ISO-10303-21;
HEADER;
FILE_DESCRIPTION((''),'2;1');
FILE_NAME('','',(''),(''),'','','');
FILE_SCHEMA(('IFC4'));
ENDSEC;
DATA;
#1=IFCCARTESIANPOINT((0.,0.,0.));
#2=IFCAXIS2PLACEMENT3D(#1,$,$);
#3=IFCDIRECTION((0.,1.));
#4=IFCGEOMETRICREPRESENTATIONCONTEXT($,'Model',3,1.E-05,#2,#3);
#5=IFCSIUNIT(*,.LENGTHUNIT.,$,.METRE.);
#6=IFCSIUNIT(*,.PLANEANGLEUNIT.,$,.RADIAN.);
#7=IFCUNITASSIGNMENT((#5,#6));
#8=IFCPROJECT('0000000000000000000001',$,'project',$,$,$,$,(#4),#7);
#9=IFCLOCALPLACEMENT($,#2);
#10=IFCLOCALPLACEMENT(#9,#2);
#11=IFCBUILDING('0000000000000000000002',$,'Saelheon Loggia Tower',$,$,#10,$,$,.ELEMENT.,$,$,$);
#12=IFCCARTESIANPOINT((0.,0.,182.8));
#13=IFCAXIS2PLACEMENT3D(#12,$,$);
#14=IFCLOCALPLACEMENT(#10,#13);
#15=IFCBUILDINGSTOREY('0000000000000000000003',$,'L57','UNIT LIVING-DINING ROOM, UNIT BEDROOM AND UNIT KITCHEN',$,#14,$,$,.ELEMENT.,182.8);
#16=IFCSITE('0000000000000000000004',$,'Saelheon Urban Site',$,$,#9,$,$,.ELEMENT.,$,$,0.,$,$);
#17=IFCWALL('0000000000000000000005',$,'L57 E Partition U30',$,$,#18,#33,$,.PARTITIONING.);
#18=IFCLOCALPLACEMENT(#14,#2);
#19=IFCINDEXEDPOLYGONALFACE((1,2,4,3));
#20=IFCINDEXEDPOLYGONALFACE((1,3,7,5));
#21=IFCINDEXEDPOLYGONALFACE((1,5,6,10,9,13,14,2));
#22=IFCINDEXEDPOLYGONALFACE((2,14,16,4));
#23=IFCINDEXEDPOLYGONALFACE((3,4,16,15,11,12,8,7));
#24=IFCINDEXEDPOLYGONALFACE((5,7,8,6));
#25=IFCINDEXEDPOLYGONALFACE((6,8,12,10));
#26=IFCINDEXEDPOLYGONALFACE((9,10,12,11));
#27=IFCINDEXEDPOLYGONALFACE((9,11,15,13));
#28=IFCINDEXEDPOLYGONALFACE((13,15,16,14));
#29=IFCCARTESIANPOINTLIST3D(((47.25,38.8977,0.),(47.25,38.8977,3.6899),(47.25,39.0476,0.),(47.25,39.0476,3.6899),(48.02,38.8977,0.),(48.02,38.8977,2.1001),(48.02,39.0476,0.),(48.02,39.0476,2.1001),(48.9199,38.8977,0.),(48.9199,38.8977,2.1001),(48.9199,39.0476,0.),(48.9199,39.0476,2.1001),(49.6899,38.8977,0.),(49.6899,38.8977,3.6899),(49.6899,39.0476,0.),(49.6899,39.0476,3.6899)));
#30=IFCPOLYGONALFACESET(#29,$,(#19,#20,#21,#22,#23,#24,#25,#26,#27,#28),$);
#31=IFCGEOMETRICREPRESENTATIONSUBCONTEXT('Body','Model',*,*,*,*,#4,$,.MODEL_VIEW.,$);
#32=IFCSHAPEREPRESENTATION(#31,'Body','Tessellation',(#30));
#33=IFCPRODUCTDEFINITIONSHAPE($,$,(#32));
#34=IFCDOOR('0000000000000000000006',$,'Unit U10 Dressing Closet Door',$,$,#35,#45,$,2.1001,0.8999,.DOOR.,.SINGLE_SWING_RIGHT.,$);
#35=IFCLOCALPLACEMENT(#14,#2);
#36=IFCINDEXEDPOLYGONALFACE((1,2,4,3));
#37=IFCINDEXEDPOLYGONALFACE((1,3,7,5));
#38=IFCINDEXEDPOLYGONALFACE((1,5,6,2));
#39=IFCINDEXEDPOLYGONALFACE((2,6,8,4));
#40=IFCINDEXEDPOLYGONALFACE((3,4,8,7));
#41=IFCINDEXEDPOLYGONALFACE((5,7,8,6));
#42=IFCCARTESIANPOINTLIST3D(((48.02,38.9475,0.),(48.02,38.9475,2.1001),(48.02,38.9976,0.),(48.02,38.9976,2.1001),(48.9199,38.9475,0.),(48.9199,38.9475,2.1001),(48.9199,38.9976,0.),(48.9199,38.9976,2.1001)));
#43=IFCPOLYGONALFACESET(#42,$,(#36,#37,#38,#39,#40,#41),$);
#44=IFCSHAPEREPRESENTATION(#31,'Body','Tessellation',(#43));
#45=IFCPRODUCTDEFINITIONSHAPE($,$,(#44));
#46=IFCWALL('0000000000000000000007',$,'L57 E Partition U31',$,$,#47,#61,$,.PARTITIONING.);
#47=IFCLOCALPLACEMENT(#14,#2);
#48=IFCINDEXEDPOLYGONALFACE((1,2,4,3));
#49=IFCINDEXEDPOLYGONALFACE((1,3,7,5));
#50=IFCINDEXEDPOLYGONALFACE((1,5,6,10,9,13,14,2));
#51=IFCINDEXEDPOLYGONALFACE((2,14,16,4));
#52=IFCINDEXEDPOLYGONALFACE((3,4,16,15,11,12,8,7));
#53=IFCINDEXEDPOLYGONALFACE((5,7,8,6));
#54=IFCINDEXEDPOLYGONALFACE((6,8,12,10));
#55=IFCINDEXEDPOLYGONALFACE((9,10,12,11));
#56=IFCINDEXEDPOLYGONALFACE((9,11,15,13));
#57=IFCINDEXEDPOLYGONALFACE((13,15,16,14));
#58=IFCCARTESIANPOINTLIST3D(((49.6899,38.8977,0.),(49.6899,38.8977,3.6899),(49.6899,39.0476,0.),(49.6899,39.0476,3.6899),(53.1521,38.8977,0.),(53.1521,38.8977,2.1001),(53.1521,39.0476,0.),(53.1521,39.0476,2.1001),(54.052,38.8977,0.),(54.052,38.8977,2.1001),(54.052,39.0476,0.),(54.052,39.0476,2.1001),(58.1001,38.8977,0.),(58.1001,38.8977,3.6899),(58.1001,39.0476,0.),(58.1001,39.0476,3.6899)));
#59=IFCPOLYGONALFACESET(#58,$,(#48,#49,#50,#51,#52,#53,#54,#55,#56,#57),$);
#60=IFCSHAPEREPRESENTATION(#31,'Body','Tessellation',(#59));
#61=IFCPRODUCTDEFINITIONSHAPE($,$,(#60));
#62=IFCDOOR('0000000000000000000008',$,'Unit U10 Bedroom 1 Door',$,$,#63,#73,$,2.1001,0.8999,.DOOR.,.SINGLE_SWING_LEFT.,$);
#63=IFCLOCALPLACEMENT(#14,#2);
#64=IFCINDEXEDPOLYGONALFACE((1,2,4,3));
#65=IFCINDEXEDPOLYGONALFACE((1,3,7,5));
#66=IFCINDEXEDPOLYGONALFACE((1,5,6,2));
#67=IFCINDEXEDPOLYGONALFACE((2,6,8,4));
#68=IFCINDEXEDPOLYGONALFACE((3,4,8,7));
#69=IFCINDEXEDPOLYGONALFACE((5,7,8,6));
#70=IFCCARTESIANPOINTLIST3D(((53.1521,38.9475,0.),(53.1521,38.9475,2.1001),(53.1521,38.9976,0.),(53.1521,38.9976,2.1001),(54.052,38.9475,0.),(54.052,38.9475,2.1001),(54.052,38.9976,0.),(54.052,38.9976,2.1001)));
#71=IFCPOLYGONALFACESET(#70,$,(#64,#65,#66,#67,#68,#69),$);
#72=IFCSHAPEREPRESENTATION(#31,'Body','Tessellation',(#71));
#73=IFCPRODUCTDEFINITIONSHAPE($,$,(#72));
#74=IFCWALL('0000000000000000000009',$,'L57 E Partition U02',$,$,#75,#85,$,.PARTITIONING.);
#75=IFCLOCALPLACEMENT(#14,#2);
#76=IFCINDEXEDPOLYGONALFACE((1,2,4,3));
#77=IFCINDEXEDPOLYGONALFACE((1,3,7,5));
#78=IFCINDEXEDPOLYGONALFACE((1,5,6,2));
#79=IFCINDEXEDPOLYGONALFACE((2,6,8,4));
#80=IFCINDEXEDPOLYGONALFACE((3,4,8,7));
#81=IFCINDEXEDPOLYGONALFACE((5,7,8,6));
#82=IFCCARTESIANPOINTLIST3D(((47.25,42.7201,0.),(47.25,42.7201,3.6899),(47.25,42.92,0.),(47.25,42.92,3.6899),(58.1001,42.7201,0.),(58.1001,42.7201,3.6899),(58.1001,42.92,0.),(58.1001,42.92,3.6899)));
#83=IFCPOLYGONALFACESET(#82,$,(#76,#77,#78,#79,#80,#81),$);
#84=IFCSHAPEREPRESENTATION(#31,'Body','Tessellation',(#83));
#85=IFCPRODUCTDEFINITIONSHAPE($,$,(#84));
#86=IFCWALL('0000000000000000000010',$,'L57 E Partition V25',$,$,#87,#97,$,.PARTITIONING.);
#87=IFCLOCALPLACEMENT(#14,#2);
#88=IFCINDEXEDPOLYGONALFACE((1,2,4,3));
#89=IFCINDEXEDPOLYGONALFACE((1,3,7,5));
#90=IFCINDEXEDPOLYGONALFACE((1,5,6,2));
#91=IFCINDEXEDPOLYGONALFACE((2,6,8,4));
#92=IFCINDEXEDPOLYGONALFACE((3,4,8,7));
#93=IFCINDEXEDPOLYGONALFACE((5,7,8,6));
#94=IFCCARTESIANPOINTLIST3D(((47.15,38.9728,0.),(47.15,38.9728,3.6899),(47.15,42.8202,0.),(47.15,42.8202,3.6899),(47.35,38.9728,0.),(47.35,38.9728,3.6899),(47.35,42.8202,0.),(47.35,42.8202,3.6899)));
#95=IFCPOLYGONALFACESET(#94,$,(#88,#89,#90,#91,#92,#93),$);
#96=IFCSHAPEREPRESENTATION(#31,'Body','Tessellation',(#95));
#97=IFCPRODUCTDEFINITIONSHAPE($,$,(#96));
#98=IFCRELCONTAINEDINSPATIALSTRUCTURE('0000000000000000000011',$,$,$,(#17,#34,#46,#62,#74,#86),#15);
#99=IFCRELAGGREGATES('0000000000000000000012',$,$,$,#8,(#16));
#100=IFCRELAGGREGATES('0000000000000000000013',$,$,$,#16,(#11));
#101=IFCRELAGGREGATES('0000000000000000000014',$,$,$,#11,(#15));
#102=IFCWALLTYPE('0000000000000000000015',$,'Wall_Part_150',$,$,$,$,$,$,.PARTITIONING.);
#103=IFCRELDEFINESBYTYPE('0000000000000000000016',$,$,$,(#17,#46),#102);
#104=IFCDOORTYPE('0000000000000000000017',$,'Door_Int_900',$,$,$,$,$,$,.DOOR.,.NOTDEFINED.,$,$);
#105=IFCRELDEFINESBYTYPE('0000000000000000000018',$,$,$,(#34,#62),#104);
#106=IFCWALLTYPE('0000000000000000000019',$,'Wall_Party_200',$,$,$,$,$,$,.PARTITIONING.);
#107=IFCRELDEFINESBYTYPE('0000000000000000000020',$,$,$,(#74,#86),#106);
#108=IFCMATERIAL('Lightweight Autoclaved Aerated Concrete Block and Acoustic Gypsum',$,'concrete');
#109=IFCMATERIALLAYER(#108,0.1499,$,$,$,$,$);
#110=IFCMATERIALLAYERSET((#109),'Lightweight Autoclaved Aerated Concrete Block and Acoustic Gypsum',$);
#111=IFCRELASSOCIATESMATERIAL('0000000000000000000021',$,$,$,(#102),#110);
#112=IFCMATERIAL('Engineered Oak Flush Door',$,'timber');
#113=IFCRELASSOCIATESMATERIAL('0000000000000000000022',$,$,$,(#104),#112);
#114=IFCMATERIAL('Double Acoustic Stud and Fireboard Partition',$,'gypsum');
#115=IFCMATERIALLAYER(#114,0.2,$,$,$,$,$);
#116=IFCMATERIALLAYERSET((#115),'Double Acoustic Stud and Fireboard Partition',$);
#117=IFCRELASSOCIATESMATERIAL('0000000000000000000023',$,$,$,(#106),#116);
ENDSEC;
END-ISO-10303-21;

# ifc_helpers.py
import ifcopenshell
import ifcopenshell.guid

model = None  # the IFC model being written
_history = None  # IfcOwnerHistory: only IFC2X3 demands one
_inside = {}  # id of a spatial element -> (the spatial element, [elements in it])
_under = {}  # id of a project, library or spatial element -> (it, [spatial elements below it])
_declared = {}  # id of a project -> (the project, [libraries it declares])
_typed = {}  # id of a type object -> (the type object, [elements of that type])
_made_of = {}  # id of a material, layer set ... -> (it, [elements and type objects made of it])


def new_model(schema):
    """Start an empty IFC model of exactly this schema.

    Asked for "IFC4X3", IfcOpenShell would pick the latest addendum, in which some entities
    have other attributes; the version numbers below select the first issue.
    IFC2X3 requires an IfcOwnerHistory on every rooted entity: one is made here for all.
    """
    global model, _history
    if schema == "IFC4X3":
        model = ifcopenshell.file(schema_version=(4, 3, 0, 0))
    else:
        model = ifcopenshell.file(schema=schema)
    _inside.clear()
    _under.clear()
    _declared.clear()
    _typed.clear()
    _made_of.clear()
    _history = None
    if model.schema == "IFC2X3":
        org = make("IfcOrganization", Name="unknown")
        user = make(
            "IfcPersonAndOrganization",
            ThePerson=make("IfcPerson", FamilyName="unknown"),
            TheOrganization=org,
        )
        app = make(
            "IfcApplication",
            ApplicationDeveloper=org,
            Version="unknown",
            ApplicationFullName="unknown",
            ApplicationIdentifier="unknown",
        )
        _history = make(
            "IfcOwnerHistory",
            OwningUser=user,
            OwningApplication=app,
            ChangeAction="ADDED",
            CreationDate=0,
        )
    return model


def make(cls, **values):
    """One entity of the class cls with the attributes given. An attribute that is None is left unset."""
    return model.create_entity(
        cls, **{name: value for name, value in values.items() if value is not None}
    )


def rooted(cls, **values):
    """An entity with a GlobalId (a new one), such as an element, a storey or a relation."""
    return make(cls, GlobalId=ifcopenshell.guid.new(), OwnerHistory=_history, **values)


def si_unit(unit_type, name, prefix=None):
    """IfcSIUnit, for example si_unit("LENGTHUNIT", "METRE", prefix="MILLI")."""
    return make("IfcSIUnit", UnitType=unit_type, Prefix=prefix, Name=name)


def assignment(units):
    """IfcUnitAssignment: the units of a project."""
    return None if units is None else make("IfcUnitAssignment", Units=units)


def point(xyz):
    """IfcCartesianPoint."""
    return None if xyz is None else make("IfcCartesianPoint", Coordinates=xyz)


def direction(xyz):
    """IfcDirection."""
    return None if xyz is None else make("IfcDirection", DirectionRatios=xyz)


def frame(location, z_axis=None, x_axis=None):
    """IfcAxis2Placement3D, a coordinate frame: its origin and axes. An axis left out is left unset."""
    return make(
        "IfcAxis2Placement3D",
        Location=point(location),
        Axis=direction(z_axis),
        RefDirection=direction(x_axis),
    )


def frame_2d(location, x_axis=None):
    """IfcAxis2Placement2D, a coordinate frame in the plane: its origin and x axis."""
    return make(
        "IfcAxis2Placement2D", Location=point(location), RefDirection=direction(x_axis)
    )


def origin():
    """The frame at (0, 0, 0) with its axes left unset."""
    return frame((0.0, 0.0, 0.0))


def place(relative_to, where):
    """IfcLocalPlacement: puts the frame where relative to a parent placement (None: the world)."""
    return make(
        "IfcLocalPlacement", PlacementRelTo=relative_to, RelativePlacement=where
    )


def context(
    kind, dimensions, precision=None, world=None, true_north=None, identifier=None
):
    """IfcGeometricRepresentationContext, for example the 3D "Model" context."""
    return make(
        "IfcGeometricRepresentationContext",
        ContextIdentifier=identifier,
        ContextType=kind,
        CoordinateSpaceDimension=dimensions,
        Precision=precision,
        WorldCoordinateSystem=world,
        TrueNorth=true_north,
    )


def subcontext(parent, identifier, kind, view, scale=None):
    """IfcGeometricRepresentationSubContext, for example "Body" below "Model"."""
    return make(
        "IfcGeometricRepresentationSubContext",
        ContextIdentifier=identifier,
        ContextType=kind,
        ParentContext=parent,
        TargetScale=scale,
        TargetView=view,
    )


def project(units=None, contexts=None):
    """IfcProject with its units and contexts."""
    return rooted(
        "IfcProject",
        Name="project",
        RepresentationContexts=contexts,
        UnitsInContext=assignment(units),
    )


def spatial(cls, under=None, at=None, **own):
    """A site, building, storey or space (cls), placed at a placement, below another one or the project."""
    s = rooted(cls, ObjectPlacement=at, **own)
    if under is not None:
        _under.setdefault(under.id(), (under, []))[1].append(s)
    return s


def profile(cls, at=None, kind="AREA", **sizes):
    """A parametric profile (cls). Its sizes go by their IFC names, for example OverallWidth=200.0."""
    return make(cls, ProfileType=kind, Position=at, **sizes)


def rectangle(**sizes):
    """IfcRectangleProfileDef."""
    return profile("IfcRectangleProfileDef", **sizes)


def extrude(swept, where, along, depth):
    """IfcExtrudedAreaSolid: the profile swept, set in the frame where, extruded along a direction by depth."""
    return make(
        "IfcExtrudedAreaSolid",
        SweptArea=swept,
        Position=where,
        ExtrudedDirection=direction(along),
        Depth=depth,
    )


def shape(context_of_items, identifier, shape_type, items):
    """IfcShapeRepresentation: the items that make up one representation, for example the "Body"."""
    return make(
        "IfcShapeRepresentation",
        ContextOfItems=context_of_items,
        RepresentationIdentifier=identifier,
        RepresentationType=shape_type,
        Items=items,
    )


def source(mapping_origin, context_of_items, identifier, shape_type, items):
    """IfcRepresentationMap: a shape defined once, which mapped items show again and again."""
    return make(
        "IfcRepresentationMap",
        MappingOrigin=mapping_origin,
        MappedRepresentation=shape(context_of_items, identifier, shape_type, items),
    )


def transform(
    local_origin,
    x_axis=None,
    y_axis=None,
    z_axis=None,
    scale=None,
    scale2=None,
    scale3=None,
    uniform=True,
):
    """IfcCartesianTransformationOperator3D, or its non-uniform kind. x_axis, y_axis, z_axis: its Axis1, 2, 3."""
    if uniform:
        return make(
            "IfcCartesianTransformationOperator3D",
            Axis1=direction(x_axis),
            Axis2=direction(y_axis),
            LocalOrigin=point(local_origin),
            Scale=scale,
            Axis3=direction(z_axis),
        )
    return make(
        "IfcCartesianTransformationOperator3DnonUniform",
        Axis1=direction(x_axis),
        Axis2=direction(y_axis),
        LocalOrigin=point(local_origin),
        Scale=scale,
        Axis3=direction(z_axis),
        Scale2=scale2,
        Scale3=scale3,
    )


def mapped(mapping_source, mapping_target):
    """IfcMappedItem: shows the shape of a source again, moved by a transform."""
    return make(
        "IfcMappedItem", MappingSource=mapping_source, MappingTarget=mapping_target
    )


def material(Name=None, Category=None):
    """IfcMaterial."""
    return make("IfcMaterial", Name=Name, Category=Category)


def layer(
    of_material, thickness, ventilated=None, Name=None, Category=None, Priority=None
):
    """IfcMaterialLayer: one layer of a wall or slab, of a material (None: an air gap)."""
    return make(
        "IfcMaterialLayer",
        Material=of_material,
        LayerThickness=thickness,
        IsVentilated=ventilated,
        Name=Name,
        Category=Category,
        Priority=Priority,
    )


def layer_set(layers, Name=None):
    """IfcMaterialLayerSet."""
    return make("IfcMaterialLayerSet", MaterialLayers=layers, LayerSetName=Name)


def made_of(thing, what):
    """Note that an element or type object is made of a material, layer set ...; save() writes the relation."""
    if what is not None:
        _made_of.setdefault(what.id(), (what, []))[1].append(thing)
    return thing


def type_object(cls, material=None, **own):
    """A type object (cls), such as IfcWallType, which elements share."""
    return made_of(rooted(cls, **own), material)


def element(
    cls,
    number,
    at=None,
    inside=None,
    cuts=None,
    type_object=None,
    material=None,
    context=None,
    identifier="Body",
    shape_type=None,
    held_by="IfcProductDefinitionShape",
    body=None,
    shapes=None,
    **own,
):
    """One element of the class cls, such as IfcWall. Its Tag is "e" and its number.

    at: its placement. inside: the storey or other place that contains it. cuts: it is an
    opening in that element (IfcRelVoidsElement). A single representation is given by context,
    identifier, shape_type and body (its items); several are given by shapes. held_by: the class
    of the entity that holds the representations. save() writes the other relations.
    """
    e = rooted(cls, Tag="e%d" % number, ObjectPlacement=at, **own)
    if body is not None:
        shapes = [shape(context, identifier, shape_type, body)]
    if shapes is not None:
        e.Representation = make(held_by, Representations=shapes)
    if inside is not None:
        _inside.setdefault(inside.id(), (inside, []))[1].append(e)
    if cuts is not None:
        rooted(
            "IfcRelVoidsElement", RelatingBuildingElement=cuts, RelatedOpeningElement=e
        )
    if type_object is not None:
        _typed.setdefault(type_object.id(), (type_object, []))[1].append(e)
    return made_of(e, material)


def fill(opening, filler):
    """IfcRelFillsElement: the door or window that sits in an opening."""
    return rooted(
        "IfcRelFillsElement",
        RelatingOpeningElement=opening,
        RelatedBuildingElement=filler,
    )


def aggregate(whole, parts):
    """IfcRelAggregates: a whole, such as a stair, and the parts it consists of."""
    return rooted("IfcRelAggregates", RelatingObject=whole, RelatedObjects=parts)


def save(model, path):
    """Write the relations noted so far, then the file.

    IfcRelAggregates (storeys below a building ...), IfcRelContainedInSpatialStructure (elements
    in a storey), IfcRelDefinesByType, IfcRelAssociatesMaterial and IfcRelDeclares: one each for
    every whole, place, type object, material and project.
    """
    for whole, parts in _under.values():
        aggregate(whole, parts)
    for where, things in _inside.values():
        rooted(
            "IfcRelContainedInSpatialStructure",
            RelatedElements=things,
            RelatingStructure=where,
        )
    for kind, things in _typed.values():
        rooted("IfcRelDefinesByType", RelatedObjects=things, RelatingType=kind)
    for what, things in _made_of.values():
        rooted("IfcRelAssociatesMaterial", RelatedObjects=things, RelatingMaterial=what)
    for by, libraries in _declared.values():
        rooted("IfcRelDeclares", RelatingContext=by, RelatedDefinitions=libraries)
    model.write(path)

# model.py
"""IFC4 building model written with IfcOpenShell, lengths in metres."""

from ifc_helpers import new_model, si_unit, direction, frame, frame_2d, origin, place, context, subcontext, project, spatial, rectangle, extrude, source, transform, mapped, material, layer, layer_set, type_object, element, fill, save


model = new_model("IFC4")

# Units and contexts
model_context = context("Model", 3, precision=1e-05, world=origin(), true_north=direction((0.0, 1.0)))
body_context = subcontext(model_context, "Body", "Model", "MODEL_VIEW")
ifc_project = project(units=[si_unit("LENGTHUNIT", "METRE"), si_unit("PLANEANGLEUNIT", "RADIAN")], contexts=[model_context])

# Site, building, storey
site_placement = place(None, origin())
site = spatial("IfcSite", under=ifc_project, at=site_placement, Name="Saelheon Urban Site", CompositionType="ELEMENT", RefElevation=0.0)
building_placement = place(site_placement, origin())
building = spatial("IfcBuilding", under=site, at=building_placement, Name="Saelheon Loggia Tower", CompositionType="ELEMENT")
storey_placement = place(building_placement, frame((0.0, 0.0, 182.8)))
storey = spatial("IfcBuildingStorey", under=building, at=storey_placement, Name="L57", Description="UNIT LIVING-DINING ROOM, UNIT BEDROOM AND UNIT KITCHEN", CompositionType="ELEMENT", Elevation=182.8)

# Shared definitions
ifc_material_1 = material(Name="Lightweight Autoclaved Aerated Concrete Block and Acoustic Gypsum", Category="concrete")
ifc_layer_1 = layer(ifc_material_1, 0.1499)
ifc_layer_set_1 = layer_set([ifc_layer_1], Name="Lightweight Autoclaved Aerated Concrete Block and Acoustic Gypsum")
wall_type_1 = type_object("IfcWallType", Name="Wall_Part_150", PredefinedType="PARTITIONING", material=ifc_layer_set_1)
ifc_material_2 = material(Name="Engineered Oak Flush Door", Category="timber")
door_type = type_object("IfcDoorType", Name="Door_Int_900", OperationType="NOTDEFINED", PredefinedType="DOOR", material=ifc_material_2)
shared_shape_1 = source(origin(), body_context, "Body", "SweptSolid", [
    extrude(rectangle(XDim=0.8999, YDim=2.1001, at=frame_2d((0.45, 1.05))), frame((0.0, 0.0249, 0.0), z_axis=(0.0, -1.0, 0.0), x_axis=(1.0, 0.0, 0.0)), (0.0, 0.0, 1.0), 0.05),
])

# Walls, openings, doors
wall_1_placement = place(storey_placement, frame((47.25, 38.9727, 0.0), z_axis=(0.0, 0.0, 1.0), x_axis=(1.0, 0.0, 0.0)))
wall_1 = element("IfcWall", 1, at=wall_1_placement, inside=storey, type_object=wall_type_1, Name="L57 E Partition U30", PredefinedType="PARTITIONING", context=body_context, shape_type="SweptSolid", body=[
    extrude(rectangle(XDim=2.4399, YDim=0.1499, at=frame_2d((1.22, 0.0))), origin(), (0.0, 0.0, 1.0), 3.6899),
])
opening_1_placement = place(wall_1_placement, frame((0.77, 0.0, 0.0)))
opening_1 = element("IfcOpeningElement", 2, at=opening_1_placement, cuts=wall_1, PredefinedType="OPENING", context=body_context, shape_type="SweptSolid", body=[
    extrude(rectangle(XDim=0.8999, YDim=2.1001, at=frame_2d((0.45, 1.05))), frame((0.0, 0.0869, 0.0), z_axis=(0.0, -1.0, 0.0), x_axis=(1.0, 0.0, 0.0)), (0.0, 0.0, 1.0), 0.1738),
])
door_1_placement = place(opening_1_placement, origin())
door_1 = element("IfcDoor", 3, at=door_1_placement, inside=storey, type_object=door_type, Name="Unit U10 Dressing Closet Door", OperationType="SINGLE_SWING_RIGHT", OverallHeight=2.1001, OverallWidth=0.8999, PredefinedType="DOOR", context=body_context, shape_type="MappedRepresentation", body=[
    mapped(shared_shape_1, transform((0.0, 0.0, 0.0), scale=1.0)),
])
fill(opening_1, door_1)
wall_2_placement = place(storey_placement, frame((49.6899, 38.9727, 0.0), z_axis=(0.0, 0.0, 1.0), x_axis=(1.0, 0.0, 0.0)))
wall_2 = element("IfcWall", 4, at=wall_2_placement, inside=storey, type_object=wall_type_1, Name="L57 E Partition U31", PredefinedType="PARTITIONING", context=body_context, shape_type="SweptSolid", body=[
    extrude(rectangle(XDim=8.4102, YDim=0.1499, at=frame_2d((4.2051, 0.0))), origin(), (0.0, 0.0, 1.0), 3.6899),
])
opening_2_placement = place(wall_2_placement, frame((3.4622, 0.0, 0.0)))
opening_2 = element("IfcOpeningElement", 5, at=opening_2_placement, cuts=wall_2, PredefinedType="OPENING", context=body_context, shape_type="SweptSolid", body=[
    extrude(rectangle(XDim=0.8999, YDim=2.1001, at=frame_2d((0.45, 1.05))), frame((0.0, 0.0869, 0.0), z_axis=(0.0, -1.0, 0.0), x_axis=(1.0, 0.0, 0.0)), (0.0, 0.0, 1.0), 0.1738),
])
door_2_placement = place(opening_2_placement, origin())
door_2 = element("IfcDoor", 6, at=door_2_placement, inside=storey, type_object=door_type, Name="Unit U10 Bedroom 1 Door", OperationType="SINGLE_SWING_LEFT", OverallHeight=2.1001, OverallWidth=0.8999, PredefinedType="DOOR", context=body_context, shape_type="MappedRepresentation", body=[
    mapped(shared_shape_1, transform((0.0, 0.0, 0.0), scale=1.0)),
])
fill(opening_2, door_2)

# Walls
ifc_material_3 = material(Name="Double Acoustic Stud and Fireboard Partition", Category="gypsum")
ifc_layer_2 = layer(ifc_material_3, 0.2)
ifc_layer_set_2 = layer_set([ifc_layer_2], Name="Double Acoustic Stud and Fireboard Partition")
wall_type_2 = type_object("IfcWallType", Name="Wall_Party_200", PredefinedType="PARTITIONING", material=ifc_layer_set_2)
wall_3_placement = place(storey_placement, frame((47.25, 42.8201, 0.0), z_axis=(0.0, 0.0, 1.0), x_axis=(1.0, 0.0, 0.0)))
element("IfcWall", 7, at=wall_3_placement, inside=storey, type_object=wall_type_2, Name="L57 E Partition U02", PredefinedType="PARTITIONING", context=body_context, shape_type="SweptSolid", body=[
    extrude(rectangle(XDim=10.8501, YDim=0.2, at=frame_2d((5.425, 0.0))), origin(), (0.0, 0.0, 1.0), 3.6899),
])
wall_4_placement = place(storey_placement, frame((47.25, 38.9727, 0.0), z_axis=(0.0, 0.0, 1.0), x_axis=(0.0, 1.0, 0.0)))
element("IfcWall", 8, at=wall_4_placement, inside=storey, type_object=wall_type_2, Name="L57 E Partition V25", PredefinedType="PARTITIONING", context=body_context, shape_type="SweptSolid", body=[
    extrude(rectangle(XDim=3.8474, YDim=0.2, at=frame_2d((1.9238, 0.0))), origin(), (0.0, 0.0, 1.0), 3.6899),
])

save(model, "model.ifc")
